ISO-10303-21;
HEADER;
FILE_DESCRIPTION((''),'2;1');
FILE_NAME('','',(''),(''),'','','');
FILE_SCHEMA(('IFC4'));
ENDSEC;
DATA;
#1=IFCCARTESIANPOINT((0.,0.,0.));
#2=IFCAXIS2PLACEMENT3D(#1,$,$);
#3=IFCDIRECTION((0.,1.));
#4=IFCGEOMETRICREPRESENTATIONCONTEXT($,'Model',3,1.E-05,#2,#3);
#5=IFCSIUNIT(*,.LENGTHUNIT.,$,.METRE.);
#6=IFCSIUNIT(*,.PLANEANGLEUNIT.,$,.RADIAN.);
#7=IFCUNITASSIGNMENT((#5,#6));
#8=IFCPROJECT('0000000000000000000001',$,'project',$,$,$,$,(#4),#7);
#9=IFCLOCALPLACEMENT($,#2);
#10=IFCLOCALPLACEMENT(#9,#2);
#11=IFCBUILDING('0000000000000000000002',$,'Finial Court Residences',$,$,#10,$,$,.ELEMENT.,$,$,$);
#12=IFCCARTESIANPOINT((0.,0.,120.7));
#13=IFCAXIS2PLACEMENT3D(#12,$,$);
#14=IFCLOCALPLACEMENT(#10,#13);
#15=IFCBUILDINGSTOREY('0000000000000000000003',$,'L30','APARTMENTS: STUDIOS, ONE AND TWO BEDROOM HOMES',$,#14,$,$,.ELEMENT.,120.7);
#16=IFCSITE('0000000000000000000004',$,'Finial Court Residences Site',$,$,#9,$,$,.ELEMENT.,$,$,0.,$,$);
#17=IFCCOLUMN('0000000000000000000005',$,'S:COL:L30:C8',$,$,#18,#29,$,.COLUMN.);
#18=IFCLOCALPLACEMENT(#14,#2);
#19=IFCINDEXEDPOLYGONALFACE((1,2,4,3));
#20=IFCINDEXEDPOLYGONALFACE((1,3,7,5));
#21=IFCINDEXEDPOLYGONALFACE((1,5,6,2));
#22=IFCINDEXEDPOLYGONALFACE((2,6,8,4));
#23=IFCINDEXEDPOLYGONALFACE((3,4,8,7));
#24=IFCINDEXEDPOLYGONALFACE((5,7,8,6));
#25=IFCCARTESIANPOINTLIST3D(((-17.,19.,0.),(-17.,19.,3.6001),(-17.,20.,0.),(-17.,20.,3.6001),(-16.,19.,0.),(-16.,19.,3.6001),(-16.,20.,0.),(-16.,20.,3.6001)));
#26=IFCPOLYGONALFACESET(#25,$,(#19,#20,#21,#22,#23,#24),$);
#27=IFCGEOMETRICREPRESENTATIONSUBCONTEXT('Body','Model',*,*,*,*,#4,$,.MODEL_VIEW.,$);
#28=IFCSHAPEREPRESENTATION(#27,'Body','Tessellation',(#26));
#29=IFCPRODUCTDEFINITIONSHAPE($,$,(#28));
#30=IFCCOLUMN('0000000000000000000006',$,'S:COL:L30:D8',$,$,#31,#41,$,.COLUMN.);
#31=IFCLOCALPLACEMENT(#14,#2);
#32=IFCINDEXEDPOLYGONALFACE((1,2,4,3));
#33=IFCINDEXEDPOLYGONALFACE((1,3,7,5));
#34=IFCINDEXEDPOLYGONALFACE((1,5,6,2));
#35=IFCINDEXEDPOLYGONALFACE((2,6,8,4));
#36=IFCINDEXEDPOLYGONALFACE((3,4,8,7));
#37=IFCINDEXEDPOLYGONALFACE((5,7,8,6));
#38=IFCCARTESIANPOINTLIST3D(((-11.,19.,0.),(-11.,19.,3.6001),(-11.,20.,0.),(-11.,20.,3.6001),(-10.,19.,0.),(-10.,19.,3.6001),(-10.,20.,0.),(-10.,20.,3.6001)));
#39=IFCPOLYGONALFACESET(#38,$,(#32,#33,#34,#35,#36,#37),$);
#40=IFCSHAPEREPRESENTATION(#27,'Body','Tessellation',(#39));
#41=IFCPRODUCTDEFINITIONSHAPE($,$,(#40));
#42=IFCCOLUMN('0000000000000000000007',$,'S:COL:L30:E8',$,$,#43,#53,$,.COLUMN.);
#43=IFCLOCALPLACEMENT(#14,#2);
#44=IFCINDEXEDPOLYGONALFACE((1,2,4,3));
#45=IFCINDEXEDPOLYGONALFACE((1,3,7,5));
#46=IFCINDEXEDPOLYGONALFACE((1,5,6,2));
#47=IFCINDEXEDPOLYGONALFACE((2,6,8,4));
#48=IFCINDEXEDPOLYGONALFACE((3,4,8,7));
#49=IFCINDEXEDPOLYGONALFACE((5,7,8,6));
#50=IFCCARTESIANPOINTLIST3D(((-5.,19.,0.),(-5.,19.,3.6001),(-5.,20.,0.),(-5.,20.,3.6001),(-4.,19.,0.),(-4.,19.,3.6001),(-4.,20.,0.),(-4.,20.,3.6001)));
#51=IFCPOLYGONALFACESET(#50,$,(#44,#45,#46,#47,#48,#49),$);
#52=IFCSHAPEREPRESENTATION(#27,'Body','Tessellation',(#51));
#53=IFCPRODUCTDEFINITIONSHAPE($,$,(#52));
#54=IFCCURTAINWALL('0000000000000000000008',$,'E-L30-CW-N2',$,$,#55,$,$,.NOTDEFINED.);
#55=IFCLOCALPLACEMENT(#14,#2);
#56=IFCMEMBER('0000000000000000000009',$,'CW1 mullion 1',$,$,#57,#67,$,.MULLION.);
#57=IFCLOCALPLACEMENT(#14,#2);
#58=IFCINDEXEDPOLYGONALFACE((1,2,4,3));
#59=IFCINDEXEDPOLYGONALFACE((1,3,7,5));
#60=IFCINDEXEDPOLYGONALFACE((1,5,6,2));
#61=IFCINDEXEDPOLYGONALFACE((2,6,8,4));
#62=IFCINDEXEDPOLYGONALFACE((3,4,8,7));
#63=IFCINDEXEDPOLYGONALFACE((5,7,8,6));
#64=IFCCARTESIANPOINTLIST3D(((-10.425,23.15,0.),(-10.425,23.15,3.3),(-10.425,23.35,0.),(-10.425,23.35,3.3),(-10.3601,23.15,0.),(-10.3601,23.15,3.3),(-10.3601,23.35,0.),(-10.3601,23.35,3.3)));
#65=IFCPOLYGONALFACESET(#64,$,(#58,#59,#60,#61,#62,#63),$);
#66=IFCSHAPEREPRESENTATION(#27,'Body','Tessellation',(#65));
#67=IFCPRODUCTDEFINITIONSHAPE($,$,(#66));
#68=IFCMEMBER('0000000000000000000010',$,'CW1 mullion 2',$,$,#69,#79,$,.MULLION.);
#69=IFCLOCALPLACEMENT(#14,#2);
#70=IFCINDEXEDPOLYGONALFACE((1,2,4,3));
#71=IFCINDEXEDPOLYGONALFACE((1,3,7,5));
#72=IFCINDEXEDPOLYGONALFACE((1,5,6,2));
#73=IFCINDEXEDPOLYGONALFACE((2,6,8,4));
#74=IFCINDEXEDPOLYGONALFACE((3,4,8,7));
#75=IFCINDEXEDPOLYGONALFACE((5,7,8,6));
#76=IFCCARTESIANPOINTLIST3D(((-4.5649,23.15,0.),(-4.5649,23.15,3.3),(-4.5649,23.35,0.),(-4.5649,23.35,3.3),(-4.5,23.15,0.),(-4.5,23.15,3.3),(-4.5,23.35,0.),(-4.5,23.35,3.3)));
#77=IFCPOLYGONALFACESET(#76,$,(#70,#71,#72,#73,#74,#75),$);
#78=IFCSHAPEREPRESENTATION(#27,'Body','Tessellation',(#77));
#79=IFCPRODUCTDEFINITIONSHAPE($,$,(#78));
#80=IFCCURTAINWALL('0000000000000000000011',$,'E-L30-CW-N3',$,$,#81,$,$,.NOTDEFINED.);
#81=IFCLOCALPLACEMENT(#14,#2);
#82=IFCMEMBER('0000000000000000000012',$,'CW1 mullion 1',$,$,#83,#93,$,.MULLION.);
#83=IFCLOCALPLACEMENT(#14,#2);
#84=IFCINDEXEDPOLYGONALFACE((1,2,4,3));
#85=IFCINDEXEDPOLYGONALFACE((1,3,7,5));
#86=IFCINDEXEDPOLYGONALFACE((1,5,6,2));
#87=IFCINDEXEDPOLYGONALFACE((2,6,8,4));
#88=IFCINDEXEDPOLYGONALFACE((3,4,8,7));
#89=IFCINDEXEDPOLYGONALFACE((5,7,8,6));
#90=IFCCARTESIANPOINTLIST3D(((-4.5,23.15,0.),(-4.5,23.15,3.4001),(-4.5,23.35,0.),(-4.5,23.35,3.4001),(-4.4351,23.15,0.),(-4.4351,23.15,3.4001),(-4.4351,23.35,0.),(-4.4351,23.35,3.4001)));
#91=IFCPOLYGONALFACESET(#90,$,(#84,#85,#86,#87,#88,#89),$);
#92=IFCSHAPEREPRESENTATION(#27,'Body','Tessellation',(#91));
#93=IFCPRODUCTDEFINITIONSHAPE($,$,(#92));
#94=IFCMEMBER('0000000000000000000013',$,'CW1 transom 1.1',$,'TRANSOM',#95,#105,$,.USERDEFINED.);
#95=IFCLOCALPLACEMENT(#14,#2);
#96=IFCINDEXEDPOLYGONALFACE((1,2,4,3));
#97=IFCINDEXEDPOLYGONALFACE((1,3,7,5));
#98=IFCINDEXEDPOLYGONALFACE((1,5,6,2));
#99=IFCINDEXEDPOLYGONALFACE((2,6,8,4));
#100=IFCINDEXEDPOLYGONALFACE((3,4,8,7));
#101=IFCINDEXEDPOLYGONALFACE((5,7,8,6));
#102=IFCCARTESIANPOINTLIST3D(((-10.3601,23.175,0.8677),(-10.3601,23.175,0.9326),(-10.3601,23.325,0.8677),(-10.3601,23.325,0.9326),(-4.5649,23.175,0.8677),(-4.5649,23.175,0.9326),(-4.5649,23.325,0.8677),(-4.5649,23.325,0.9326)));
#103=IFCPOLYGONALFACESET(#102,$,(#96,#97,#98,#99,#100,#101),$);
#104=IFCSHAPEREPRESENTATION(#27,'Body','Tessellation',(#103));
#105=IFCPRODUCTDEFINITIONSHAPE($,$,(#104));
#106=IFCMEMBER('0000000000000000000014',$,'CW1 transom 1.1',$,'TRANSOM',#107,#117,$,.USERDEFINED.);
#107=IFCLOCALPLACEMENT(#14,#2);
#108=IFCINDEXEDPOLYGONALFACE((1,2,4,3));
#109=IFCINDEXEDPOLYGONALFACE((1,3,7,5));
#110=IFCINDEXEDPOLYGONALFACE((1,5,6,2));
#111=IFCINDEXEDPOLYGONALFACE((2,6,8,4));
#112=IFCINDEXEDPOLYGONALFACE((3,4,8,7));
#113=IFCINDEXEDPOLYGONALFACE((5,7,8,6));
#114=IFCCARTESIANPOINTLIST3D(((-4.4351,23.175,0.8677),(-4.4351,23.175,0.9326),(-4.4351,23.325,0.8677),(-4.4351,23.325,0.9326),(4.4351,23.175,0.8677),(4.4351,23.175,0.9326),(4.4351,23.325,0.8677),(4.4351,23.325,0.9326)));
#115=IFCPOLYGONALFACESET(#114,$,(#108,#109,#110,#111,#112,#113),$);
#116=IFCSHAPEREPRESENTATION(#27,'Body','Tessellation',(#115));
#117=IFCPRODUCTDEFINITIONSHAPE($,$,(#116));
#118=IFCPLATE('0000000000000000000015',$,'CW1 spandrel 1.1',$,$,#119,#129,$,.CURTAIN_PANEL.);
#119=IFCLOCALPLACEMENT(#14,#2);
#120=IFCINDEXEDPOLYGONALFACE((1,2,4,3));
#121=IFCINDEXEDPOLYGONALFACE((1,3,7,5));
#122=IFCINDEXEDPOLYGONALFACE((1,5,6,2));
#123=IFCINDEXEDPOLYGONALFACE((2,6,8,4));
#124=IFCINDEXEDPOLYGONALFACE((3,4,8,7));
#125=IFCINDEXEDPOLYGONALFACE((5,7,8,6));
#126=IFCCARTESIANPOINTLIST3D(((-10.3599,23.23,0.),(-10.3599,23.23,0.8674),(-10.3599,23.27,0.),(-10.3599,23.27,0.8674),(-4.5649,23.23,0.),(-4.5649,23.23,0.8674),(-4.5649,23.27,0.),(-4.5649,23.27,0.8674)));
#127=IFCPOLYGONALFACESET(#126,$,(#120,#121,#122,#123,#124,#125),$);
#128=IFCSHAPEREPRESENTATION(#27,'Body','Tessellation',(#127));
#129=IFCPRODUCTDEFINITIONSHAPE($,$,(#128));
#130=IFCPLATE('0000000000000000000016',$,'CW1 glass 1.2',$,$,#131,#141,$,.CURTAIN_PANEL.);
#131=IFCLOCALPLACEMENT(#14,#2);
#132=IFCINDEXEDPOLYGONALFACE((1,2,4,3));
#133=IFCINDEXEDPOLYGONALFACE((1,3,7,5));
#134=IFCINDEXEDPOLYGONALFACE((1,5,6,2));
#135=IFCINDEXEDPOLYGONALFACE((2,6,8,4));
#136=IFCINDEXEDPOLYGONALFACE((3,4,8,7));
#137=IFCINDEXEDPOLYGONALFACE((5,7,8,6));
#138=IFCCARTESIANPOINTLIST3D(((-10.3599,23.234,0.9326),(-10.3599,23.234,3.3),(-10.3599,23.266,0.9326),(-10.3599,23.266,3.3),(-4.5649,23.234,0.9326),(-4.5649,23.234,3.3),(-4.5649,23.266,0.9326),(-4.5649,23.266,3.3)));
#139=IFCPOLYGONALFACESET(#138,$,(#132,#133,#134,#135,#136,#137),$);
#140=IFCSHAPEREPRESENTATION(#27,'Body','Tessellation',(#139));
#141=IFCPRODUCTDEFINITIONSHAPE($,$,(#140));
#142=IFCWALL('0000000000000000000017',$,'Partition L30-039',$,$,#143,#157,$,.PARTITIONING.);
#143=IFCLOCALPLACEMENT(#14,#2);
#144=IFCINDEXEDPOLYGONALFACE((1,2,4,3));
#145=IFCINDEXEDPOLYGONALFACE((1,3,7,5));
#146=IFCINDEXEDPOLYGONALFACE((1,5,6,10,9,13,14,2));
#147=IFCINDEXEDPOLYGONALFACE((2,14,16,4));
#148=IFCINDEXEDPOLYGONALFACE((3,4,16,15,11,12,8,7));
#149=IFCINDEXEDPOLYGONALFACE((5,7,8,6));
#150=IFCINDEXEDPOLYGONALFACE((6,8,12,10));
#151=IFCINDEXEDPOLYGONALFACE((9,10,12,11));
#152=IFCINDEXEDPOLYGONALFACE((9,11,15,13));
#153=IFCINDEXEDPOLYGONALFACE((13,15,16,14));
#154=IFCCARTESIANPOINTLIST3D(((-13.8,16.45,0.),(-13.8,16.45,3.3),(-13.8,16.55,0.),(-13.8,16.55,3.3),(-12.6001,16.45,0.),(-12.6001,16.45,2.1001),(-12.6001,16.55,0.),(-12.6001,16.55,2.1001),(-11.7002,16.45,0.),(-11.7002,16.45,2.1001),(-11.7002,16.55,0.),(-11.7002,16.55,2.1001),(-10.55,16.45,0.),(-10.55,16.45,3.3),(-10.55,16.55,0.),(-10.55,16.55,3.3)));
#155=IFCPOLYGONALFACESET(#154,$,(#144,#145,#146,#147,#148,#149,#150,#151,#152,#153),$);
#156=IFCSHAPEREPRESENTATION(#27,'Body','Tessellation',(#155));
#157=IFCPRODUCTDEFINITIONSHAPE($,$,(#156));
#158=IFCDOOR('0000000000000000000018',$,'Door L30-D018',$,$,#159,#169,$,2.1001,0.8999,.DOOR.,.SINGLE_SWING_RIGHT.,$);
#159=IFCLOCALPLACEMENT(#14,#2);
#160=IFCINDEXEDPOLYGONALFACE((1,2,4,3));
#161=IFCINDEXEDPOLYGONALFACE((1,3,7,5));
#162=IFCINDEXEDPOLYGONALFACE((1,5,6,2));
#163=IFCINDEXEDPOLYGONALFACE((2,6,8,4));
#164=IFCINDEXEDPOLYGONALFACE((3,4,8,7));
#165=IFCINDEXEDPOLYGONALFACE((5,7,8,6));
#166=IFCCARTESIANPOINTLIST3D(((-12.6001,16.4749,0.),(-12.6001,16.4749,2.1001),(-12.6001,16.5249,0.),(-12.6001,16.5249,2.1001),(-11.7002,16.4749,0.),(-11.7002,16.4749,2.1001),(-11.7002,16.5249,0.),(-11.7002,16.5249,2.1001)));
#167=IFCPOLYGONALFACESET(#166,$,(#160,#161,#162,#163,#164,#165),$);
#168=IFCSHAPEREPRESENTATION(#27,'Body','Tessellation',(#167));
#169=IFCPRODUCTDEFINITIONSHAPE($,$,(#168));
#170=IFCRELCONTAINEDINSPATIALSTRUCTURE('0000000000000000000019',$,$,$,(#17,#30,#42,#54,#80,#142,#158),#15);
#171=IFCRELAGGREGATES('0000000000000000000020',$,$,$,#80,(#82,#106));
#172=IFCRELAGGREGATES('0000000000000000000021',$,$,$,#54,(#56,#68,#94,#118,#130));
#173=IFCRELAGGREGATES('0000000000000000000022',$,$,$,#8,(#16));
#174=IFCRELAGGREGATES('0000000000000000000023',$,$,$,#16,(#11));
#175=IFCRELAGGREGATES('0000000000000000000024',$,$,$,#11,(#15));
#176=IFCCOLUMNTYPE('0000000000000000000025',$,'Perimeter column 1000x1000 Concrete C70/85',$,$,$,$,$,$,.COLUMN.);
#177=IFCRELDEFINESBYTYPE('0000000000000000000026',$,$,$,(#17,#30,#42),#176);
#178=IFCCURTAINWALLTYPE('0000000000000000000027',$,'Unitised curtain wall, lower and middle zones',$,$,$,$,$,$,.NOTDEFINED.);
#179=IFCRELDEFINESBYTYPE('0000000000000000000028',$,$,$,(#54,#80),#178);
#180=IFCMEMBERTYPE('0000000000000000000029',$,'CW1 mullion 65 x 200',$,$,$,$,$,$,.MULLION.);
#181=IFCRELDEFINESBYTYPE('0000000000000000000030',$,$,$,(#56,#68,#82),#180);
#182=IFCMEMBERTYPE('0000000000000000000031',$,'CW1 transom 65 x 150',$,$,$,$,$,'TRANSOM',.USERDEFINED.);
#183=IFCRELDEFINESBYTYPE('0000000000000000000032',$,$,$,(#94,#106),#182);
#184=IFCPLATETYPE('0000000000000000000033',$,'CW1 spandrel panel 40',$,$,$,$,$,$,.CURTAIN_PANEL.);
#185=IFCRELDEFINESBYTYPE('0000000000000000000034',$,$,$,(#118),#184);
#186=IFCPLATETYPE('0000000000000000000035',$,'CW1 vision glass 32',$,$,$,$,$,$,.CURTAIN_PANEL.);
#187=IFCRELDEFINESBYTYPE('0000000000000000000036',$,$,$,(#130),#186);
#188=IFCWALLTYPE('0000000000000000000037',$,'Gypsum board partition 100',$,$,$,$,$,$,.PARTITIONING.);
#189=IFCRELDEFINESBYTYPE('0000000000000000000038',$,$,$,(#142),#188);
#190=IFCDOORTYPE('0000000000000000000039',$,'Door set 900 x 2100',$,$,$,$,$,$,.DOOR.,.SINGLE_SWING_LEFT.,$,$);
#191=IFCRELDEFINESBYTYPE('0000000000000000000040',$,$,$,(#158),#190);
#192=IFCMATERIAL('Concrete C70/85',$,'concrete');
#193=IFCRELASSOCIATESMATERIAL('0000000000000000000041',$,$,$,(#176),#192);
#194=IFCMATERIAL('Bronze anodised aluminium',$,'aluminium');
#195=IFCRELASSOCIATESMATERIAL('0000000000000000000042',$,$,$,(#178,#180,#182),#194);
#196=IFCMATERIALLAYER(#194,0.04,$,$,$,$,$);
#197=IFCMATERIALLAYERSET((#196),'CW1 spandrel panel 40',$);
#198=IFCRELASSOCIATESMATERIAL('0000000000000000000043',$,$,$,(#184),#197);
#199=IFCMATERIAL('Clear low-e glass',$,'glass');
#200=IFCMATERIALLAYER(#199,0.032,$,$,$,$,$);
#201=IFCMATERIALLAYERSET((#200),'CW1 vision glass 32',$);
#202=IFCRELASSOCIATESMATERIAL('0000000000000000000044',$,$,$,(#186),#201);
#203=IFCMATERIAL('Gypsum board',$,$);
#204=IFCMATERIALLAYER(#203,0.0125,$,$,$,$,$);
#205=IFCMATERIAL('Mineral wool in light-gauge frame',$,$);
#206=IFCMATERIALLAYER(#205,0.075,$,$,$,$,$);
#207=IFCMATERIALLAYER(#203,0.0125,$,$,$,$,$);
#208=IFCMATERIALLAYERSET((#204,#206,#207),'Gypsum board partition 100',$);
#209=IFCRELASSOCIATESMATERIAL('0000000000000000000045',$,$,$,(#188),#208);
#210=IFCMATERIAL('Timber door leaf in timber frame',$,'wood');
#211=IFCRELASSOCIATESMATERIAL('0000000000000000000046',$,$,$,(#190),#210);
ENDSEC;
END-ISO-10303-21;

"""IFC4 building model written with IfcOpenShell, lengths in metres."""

from ifc_helpers import new_model, si_unit, direction, frame, frame_2d, origin, origin_2d, place, context, subcontext, project, spatial, rectangle, extrude, material, layer, layer_set, material_profile, profile_set, type_object, element, fill, aggregate, save


model = new_model("IFC4")

# Units and contexts
model_context = context("Model", 3, precision=1e-05, world=origin(), true_north=direction((0.0, 1.0)))
body_context = subcontext(model_context, "Body", "Model", "MODEL_VIEW")
ifc_project = project(units=[si_unit("LENGTHUNIT", "METRE"), si_unit("PLANEANGLEUNIT", "RADIAN")], contexts=[model_context])

# Site, building, storey
site_placement = place(None, origin())
site = spatial("IfcSite", under=ifc_project, at=site_placement, Name="Finial Court Residences Site", CompositionType="ELEMENT", RefElevation=0.0)
building_placement = place(site_placement, origin())
building = spatial("IfcBuilding", under=site, at=building_placement, Name="Finial Court Residences", CompositionType="ELEMENT")
storey_placement = place(building_placement, frame((0.0, 0.0, 120.7)))
storey = spatial("IfcBuildingStorey", under=building, at=storey_placement, Name="L30", Description="APARTMENTS: STUDIOS, ONE AND TWO BEDROOM HOMES", CompositionType="ELEMENT", Elevation=120.7)

# Columns
ifc_material_1 = material(Name="Concrete C70/85", Category="concrete")
ifc_material_profile_1 = material_profile(ifc_material_1, rectangle(XDim=1.0, YDim=1.0, at=origin_2d()), Name="1000x1000")
ifc_profile_set_1 = profile_set([ifc_material_profile_1], Name="Concrete C70/85")
column_type = type_object("IfcColumnType", Name="Perimeter column 1000x1000 Concrete C70/85", PredefinedType="COLUMN", material=ifc_profile_set_1)
for number, where, z_axis, x_axis, name in (
    (1, (-16.5, 19.5, 0.0), (0.0, 0.0, 1.0), (1.0, 0.0, 0.0), "S:COL:L30:C8"),
    (2, (-10.5, 19.5, 0.0), (0.0, 0.0, 1.0), (1.0, 0.0, 0.0), "S:COL:L30:D8"),
    (3, (-4.5, 19.5, 0.0), (0.0, 0.0, 1.0), (1.0, 0.0, 0.0), "S:COL:L30:E8"),
):
    element("IfcColumn", number, at=place(storey_placement, frame(where, z_axis=z_axis, x_axis=x_axis)), inside=storey, type_object=column_type, Name=name, PredefinedType="COLUMN", context=body_context, shape_type="SweptSolid", body=[
        extrude(rectangle(XDim=1.0, YDim=1.0, at=origin_2d()), origin(), (0.0, 0.0, 1.0), 3.6001),
    ])

# Curtain wall, members
ifc_material_2 = material(Name="Bronze anodised aluminium", Category="aluminium")
curtain_wall_type = type_object("IfcCurtainWallType", Name="Unitised curtain wall, lower and middle zones", PredefinedType="NOTDEFINED", material=ifc_material_2)
curtain_wall_1_placement = place(storey_placement, origin())
curtain_wall_1 = element("IfcCurtainWall", 4, at=curtain_wall_1_placement, inside=storey, type_object=curtain_wall_type, Name="E-L30-CW-N2", PredefinedType="NOTDEFINED")
ifc_material_profile_2 = material_profile(ifc_material_2, rectangle(XDim=0.2, YDim=0.0649, at=origin_2d()), Name="CW1 mullion 65 x 200")
ifc_profile_set_2 = profile_set([ifc_material_profile_2], Name="Bronze anodised aluminium")
member_type_1 = type_object("IfcMemberType", Name="CW1 mullion 65 x 200", PredefinedType="MULLION", material=ifc_profile_set_2)
member_1_placement = place(storey_placement, frame((-10.3926, 23.25, 0.0), z_axis=(0.0, 0.0, 1.0), x_axis=(0.0, 1.0, 0.0)))
member_1 = element("IfcMember", 5, at=member_1_placement, type_object=member_type_1, Name="CW1 mullion 1", PredefinedType="MULLION", context=body_context, shape_type="SweptSolid", body=[
    extrude(rectangle(XDim=0.2, YDim=0.0649, at=origin_2d()), origin(), (0.0, 0.0, 1.0), 3.3),
])
member_2_placement = place(storey_placement, frame((-4.5325, 23.25, 0.0), z_axis=(0.0, 0.0, 1.0), x_axis=(0.0, 1.0, 0.0)))
member_2 = element("IfcMember", 6, at=member_2_placement, type_object=member_type_1, Name="CW1 mullion 2", PredefinedType="MULLION", context=body_context, shape_type="SweptSolid", body=[
    extrude(rectangle(XDim=0.2, YDim=0.0649, at=origin_2d()), origin(), (0.0, 0.0, 1.0), 3.3),
])

# Curtain wall, member
curtain_wall_2_placement = place(storey_placement, origin())
curtain_wall_2 = element("IfcCurtainWall", 7, at=curtain_wall_2_placement, inside=storey, type_object=curtain_wall_type, Name="E-L30-CW-N3", PredefinedType="NOTDEFINED")
member_3_placement = place(storey_placement, frame((-4.4675, 23.25, 0.0), z_axis=(0.0, 0.0, 1.0), x_axis=(0.0, 1.0, 0.0)))
member_3 = element("IfcMember", 8, at=member_3_placement, type_object=member_type_1, Name="CW1 mullion 1", PredefinedType="MULLION", context=body_context, shape_type="SweptSolid", body=[
    extrude(rectangle(XDim=0.2, YDim=0.0649, at=origin_2d()), origin(), (0.0, 0.0, 1.0), 3.4001),
])

# Members
ifc_material_profile_3 = material_profile(ifc_material_2, rectangle(XDim=0.1499, YDim=0.0649, at=origin_2d()), Name="CW1 transom 65 x 150")
ifc_profile_set_3 = profile_set([ifc_material_profile_3], Name="Bronze anodised aluminium")
member_type_2 = type_object("IfcMemberType", Name="CW1 transom 65 x 150", ElementType="TRANSOM", PredefinedType="USERDEFINED", material=ifc_profile_set_3)
member_4_placement = place(storey_placement, frame((-10.3601, 23.25, 0.9001), z_axis=(1.0, 0.0, 0.0), x_axis=(0.0, 1.0, 0.0)))
member_4 = element("IfcMember", 9, at=member_4_placement, type_object=member_type_2, Name="CW1 transom 1.1", ObjectType="TRANSOM", PredefinedType="USERDEFINED", context=body_context, shape_type="SweptSolid", body=[
    extrude(rectangle(XDim=0.1499, YDim=0.0649, at=origin_2d()), origin(), (0.0, 0.0, 1.0), 5.7952),
])
member_5_placement = place(storey_placement, frame((-4.4351, 23.25, 0.9001), z_axis=(1.0, 0.0, 0.0), x_axis=(0.0, 1.0, 0.0)))
member_5 = element("IfcMember", 10, at=member_5_placement, type_object=member_type_2, Name="CW1 transom 1.1", ObjectType="TRANSOM", PredefinedType="USERDEFINED", context=body_context, shape_type="SweptSolid", body=[
    extrude(rectangle(XDim=0.1499, YDim=0.0649, at=origin_2d()), origin(), (0.0, 0.0, 1.0), 8.8701),
])
aggregate(curtain_wall_2, [member_3, member_5])

# Plates
ifc_layer_1 = layer(ifc_material_2, 0.04)
ifc_layer_set_1 = layer_set([ifc_layer_1], Name="CW1 spandrel panel 40")
plate_type_1 = type_object("IfcPlateType", Name="CW1 spandrel panel 40", PredefinedType="CURTAIN_PANEL", material=ifc_layer_set_1)
plate_1_placement = place(storey_placement, frame((-7.4624, 23.25, 0.0), z_axis=(0.0, 0.0, 1.0), x_axis=(1.0, 0.0, 0.0)))
plate_1 = element("IfcPlate", 11, at=plate_1_placement, type_object=plate_type_1, Name="CW1 spandrel 1.1", PredefinedType="CURTAIN_PANEL", context=body_context, shape_type="SweptSolid", body=[
    extrude(rectangle(XDim=5.7949, YDim=0.04, at=origin_2d()), origin(), (0.0, 0.0, 1.0), 0.8674),
])
ifc_material_3 = material(Name="Clear low-e glass", Category="glass")
ifc_layer_2 = layer(ifc_material_3, 0.032)
ifc_layer_set_2 = layer_set([ifc_layer_2], Name="CW1 vision glass 32")
plate_type_2 = type_object("IfcPlateType", Name="CW1 vision glass 32", PredefinedType="CURTAIN_PANEL", material=ifc_layer_set_2)
plate_2_placement = place(storey_placement, frame((-7.4624, 23.25, 0.9326), z_axis=(0.0, 0.0, 1.0), x_axis=(1.0, 0.0, 0.0)))
plate_2 = element("IfcPlate", 12, at=plate_2_placement, type_object=plate_type_2, Name="CW1 glass 1.2", PredefinedType="CURTAIN_PANEL", context=body_context, shape_type="SweptSolid", body=[
    extrude(rectangle(XDim=5.7949, YDim=0.032, at=origin_2d()), origin(), (0.0, 0.0, 1.0), 2.3674),
])
aggregate(curtain_wall_1, [member_1, member_2, member_4, plate_1, plate_2])

# Wall, opening, door
ifc_material_4 = material(Name="Gypsum board")
ifc_layer_3 = layer(ifc_material_4, 0.0125)
ifc_material_5 = material(Name="Mineral wool in light-gauge frame")
ifc_layer_4 = layer(ifc_material_5, 0.075)
ifc_layer_5 = layer(ifc_material_4, 0.0125)
ifc_layer_set_3 = layer_set([ifc_layer_3, ifc_layer_4, ifc_layer_5], Name="Gypsum board partition 100")
wall_type_1 = type_object("IfcWallType", Name="Gypsum board partition 100", PredefinedType="PARTITIONING", material=ifc_layer_set_3)
wall_1_placement = place(storey_placement, frame((-13.8, 16.5, 0.0), z_axis=(0.0, 0.0, 1.0), x_axis=(1.0, 0.0, 0.0)))
wall_1 = element("IfcWall", 13, at=wall_1_placement, inside=storey, type_object=wall_type_1, Name="Partition L30-039", PredefinedType="PARTITIONING", context=body_context, shape_type="SweptSolid", body=[
    extrude(rectangle(XDim=3.25, YDim=0.1001, at=frame_2d((1.625, 0.0))), origin(), (0.0, 0.0, 1.0), 3.3),
])
opening_1_placement = place(wall_1_placement, frame((1.2, 0.0, 0.0)))
opening_1 = element("IfcOpeningElement", 14, at=opening_1_placement, cuts=wall_1, PredefinedType="OPENING", context=body_context, shape_type="SweptSolid", body=[
    extrude(rectangle(XDim=0.8999, YDim=2.1001, at=frame_2d((0.45, 1.05))), frame((0.0, 0.0601, 0.0), z_axis=(0.0, -1.0, 0.0), x_axis=(1.0, 0.0, 0.0)), (0.0, 0.0, 1.0), 0.1201),
])
ifc_material_6 = material(Name="Timber door leaf in timber frame", Category="wood")
door_type_1 = type_object("IfcDoorType", Name="Door set 900 x 2100", OperationType="SINGLE_SWING_LEFT", PredefinedType="DOOR", material=ifc_material_6)
door_1_placement = place(opening_1_placement, origin())
door_1 = element("IfcDoor", 15, at=door_1_placement, inside=storey, type_object=door_type_1, Name="Door L30-D018", OperationType="SINGLE_SWING_RIGHT", OverallHeight=2.1001, OverallWidth=0.8999, PredefinedType="DOOR", context=body_context, shape_type="SweptSolid", body=[
    extrude(rectangle(XDim=0.8999, YDim=2.1001, at=frame_2d((0.45, 1.05))), frame((0.0, 0.0249, 0.0), z_axis=(0.0, -1.0, 0.0), x_axis=(1.0, 0.0, 0.0)), (0.0, 0.0, 1.0), 0.05),
])
fill(opening_1, door_1)

save(model, "model.ifc")
